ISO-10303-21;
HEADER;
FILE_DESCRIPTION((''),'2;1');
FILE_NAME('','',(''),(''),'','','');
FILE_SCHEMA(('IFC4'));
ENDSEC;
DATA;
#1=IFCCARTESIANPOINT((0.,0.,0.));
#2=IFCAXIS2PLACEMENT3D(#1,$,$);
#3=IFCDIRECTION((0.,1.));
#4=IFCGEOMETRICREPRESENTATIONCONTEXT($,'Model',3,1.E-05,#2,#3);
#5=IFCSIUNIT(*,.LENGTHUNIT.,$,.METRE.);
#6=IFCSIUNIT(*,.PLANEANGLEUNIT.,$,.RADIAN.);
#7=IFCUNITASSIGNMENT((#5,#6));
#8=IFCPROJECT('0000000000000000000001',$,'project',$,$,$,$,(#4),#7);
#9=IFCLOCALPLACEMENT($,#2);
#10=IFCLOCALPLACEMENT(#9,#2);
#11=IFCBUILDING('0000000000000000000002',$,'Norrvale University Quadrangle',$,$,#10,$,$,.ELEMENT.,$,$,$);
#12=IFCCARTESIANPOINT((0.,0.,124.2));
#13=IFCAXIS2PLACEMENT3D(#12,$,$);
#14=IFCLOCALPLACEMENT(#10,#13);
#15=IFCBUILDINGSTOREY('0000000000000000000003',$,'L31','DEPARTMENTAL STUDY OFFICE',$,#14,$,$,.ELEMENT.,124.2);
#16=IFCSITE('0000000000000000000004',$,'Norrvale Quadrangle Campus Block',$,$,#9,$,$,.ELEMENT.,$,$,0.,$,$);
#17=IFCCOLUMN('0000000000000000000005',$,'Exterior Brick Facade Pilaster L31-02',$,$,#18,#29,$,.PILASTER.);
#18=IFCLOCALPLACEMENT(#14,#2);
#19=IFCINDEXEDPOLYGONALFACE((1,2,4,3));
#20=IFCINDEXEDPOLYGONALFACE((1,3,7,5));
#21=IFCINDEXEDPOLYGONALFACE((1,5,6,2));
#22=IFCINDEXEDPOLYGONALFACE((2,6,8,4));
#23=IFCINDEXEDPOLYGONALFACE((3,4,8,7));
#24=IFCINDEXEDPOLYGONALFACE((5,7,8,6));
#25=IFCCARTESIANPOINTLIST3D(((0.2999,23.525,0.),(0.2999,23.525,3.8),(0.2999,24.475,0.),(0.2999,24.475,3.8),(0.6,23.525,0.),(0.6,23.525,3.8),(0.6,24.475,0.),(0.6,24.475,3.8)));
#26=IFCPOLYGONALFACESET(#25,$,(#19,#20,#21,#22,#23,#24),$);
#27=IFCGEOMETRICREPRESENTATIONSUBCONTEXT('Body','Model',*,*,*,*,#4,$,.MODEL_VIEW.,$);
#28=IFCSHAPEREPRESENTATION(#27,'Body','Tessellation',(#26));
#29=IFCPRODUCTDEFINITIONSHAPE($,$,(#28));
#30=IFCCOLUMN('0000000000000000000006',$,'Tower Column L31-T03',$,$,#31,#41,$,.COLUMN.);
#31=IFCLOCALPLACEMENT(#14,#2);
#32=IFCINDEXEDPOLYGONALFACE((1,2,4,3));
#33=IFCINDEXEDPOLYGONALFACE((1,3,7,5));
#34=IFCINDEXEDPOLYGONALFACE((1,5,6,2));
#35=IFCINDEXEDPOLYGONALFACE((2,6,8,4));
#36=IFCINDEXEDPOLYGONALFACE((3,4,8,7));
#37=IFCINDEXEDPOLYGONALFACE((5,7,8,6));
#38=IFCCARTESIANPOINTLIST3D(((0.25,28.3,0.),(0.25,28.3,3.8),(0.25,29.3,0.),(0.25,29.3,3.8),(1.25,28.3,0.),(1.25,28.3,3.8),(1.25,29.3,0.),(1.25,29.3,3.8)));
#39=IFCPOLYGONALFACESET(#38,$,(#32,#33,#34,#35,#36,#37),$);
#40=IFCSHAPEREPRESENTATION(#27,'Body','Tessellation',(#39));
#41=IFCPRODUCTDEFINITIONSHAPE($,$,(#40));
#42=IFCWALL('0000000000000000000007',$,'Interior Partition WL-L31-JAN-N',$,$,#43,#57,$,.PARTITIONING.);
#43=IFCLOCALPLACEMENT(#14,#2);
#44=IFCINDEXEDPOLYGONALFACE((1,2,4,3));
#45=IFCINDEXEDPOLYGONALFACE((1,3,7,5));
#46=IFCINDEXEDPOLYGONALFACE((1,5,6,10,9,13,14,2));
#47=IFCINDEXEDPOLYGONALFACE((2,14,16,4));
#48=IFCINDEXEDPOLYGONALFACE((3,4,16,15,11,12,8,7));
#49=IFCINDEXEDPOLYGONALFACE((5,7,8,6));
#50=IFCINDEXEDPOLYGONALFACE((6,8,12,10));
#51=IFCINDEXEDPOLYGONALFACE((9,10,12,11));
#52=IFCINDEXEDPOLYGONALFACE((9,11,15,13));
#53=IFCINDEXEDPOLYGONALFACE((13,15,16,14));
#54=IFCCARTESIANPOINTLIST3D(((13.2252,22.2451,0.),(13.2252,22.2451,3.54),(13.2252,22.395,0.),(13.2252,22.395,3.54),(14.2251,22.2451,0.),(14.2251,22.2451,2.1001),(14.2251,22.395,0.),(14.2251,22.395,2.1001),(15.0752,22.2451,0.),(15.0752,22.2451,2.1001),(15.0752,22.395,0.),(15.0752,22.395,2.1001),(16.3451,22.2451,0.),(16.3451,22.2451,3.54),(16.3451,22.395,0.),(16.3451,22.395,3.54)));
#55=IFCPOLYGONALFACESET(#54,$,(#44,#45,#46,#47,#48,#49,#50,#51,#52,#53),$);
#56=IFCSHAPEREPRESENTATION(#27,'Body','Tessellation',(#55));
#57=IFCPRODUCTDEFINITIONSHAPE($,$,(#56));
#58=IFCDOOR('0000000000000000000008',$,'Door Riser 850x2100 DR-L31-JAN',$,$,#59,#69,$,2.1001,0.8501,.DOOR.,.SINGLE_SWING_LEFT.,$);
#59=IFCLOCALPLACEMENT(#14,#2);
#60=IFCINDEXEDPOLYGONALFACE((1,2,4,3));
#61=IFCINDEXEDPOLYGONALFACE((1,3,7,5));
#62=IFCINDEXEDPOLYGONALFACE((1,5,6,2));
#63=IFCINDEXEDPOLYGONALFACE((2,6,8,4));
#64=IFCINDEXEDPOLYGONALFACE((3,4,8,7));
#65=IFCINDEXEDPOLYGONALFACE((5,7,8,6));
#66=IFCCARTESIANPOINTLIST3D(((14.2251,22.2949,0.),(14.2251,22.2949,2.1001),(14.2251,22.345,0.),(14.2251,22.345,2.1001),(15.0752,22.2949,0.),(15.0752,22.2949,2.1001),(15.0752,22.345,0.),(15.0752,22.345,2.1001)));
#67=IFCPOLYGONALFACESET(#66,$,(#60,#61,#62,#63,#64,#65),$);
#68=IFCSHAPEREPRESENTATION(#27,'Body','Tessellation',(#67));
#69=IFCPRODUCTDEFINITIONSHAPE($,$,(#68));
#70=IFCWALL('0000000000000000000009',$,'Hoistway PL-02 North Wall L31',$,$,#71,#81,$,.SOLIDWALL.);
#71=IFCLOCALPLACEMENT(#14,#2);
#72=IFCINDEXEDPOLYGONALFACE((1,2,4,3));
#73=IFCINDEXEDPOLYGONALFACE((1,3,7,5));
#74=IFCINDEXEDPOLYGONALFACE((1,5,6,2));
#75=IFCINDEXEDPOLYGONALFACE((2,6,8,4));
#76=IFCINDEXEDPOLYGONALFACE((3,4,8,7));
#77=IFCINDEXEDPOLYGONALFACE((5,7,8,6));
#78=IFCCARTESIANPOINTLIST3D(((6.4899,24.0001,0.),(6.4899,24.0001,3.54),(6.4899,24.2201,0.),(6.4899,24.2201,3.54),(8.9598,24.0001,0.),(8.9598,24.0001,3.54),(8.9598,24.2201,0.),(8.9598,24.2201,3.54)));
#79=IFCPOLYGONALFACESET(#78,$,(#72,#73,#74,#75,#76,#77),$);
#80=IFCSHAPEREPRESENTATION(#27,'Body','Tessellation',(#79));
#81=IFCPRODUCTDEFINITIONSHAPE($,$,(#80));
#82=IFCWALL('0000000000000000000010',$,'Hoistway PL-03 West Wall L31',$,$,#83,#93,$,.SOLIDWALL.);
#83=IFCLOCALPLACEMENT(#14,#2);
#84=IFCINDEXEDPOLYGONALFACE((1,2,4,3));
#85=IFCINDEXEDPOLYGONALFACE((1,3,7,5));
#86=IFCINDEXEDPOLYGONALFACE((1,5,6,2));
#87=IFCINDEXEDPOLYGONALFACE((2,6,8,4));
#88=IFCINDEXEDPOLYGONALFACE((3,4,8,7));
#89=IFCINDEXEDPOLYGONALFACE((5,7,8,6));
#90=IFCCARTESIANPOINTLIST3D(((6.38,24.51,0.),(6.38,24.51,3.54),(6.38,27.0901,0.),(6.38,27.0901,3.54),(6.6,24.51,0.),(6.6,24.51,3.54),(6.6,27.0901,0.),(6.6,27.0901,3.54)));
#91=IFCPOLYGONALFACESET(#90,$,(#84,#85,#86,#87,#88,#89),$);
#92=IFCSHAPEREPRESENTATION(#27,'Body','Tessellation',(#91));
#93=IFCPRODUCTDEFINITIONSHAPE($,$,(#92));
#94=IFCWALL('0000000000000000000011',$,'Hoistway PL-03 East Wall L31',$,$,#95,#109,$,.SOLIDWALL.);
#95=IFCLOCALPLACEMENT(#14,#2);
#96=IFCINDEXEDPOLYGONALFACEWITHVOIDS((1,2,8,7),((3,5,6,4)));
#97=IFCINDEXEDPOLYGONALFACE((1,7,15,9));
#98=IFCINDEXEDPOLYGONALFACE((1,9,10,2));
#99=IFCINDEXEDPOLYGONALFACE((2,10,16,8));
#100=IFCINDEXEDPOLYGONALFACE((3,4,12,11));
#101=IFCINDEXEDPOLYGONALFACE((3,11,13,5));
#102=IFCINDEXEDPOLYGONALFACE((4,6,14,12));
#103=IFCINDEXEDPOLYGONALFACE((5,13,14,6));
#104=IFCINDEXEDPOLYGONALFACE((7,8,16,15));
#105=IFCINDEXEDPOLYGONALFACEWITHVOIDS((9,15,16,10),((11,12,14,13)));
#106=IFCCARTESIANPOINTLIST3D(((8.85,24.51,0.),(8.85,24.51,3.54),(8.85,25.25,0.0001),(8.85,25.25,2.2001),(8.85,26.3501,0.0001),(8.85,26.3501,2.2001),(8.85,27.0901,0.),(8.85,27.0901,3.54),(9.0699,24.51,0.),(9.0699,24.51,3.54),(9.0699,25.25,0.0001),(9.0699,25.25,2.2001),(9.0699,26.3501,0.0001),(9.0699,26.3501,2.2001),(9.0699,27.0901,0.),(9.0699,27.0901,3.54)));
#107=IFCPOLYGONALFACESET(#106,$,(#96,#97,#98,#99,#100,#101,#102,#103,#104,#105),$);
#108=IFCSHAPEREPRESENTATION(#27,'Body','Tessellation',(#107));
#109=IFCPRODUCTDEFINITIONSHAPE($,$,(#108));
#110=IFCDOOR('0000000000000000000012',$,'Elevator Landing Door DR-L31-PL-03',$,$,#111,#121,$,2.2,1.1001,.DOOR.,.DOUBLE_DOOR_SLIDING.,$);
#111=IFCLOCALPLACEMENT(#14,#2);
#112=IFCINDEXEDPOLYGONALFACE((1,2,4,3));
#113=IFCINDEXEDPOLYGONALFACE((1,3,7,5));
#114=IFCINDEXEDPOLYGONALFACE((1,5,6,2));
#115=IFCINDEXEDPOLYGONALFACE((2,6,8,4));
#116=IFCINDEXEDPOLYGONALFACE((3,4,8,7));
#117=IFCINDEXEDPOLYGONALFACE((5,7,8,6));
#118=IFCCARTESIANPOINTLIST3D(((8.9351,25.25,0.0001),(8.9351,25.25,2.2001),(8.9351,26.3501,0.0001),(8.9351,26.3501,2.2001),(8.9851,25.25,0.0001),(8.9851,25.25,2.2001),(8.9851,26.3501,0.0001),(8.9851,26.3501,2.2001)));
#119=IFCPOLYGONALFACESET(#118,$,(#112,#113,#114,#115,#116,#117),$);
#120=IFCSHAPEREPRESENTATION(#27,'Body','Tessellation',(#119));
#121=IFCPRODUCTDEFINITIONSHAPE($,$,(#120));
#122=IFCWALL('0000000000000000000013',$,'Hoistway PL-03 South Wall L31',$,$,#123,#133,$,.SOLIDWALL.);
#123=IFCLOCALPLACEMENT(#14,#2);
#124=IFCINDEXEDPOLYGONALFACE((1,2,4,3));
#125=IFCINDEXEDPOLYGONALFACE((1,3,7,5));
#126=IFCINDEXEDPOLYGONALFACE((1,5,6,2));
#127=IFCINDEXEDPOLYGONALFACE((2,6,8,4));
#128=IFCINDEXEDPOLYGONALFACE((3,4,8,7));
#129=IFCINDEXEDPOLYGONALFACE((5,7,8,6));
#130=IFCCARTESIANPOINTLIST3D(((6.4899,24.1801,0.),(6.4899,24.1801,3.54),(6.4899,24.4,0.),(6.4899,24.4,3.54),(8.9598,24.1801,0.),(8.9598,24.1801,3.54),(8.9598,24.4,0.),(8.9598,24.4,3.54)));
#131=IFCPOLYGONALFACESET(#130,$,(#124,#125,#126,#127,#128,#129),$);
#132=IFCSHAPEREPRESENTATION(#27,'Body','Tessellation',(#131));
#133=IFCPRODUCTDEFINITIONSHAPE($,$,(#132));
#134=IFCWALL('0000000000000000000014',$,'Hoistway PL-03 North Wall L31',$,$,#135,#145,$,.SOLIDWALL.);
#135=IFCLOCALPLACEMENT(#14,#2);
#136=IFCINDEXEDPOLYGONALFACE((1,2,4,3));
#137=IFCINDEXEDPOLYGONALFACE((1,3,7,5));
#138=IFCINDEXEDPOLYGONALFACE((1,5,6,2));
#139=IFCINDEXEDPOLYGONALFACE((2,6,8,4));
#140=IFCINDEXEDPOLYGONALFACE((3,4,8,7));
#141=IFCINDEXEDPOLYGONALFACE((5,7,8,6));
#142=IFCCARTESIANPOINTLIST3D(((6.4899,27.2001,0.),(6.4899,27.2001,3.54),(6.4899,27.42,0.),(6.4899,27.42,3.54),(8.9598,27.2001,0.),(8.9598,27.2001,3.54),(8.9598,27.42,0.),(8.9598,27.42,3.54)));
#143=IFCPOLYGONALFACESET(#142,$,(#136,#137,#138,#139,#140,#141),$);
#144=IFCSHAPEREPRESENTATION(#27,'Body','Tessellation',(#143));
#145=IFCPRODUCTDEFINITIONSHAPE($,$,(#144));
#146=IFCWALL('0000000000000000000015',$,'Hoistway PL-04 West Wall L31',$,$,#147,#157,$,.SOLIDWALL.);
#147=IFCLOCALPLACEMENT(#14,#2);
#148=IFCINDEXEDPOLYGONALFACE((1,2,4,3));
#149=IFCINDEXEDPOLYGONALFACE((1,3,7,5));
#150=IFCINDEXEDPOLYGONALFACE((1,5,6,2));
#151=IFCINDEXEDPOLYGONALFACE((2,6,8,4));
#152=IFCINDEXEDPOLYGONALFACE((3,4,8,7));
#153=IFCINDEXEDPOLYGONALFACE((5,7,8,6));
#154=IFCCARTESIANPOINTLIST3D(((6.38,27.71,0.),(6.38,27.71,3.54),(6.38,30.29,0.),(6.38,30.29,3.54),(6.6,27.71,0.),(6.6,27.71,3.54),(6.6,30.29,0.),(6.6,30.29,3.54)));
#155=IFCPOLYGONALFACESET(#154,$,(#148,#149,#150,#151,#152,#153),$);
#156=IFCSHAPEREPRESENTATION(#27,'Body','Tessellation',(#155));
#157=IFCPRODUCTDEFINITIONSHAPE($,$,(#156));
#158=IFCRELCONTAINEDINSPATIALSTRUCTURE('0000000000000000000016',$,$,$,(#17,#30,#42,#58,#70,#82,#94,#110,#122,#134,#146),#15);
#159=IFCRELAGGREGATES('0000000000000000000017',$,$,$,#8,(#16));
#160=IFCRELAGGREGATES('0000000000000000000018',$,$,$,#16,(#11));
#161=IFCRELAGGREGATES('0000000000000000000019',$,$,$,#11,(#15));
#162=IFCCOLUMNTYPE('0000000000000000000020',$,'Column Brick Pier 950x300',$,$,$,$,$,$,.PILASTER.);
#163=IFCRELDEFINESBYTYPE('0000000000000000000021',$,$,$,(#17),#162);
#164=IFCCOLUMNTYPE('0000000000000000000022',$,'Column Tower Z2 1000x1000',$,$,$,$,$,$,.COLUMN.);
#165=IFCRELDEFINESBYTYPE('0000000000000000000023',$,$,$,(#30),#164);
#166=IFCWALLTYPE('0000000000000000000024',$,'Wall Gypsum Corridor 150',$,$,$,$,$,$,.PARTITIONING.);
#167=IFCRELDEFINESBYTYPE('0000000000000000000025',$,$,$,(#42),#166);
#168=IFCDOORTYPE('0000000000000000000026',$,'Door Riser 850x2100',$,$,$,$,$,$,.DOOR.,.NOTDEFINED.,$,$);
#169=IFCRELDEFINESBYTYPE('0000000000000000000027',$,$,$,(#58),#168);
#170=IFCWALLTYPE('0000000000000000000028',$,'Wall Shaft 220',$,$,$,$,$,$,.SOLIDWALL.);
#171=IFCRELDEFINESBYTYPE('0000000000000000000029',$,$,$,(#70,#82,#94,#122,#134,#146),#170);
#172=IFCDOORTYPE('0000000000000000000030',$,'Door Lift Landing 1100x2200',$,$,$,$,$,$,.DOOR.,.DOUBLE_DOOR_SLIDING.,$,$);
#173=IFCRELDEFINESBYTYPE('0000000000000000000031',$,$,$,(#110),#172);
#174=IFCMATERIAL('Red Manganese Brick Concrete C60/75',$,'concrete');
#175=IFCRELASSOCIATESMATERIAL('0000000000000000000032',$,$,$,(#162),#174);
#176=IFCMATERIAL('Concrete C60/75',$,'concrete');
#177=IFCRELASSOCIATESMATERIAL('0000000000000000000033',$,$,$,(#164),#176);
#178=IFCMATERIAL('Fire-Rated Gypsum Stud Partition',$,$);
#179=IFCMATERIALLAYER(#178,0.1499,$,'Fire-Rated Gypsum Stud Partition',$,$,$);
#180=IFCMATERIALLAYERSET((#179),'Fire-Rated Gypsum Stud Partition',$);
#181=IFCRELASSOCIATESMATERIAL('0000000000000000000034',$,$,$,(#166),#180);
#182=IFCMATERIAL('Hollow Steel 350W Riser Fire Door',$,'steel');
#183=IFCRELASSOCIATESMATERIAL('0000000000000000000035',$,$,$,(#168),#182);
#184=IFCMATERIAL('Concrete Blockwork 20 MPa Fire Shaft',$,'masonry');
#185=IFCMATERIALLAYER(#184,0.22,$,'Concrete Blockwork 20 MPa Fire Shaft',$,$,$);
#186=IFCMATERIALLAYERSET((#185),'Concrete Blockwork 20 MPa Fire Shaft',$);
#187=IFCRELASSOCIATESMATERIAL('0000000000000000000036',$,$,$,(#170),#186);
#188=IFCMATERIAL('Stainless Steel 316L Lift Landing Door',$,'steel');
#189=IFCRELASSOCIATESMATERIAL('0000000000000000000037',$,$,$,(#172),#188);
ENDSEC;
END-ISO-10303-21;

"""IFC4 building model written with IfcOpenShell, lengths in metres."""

from ifc_helpers import new_model, si_unit, direction, frame, frame_2d, origin, origin_2d, place, context, subcontext, project, spatial, rectangle, extrude, material, layer, layer_set, material_profile, profile_set, type_object, element, fill, save


model = new_model("IFC4")

# Units and contexts
model_context = context("Model", 3, precision=1e-05, world=origin(), true_north=direction((0.0, 1.0)))
body_context = subcontext(model_context, "Body", "Model", "MODEL_VIEW")
ifc_project = project(units=[si_unit("LENGTHUNIT", "METRE"), si_unit("PLANEANGLEUNIT", "RADIAN")], contexts=[model_context])

# Site, building, storey
site_placement = place(None, origin())
site = spatial("IfcSite", under=ifc_project, at=site_placement, Name="Norrvale Quadrangle Campus Block", CompositionType="ELEMENT", RefElevation=0.0)
building_placement = place(site_placement, origin())
building = spatial("IfcBuilding", under=site, at=building_placement, Name="Norrvale University Quadrangle", CompositionType="ELEMENT")
storey_placement = place(building_placement, frame((0.0, 0.0, 124.2)))
storey = spatial("IfcBuildingStorey", under=building, at=storey_placement, Name="L31", Description="DEPARTMENTAL STUDY OFFICE", CompositionType="ELEMENT", Elevation=124.2)

# Columns
ifc_material_1 = material(Name="Red Manganese Brick Concrete C60/75", Category="concrete")
ifc_material_profile_1 = material_profile(ifc_material_1, rectangle(XDim=0.95, YDim=0.3, at=origin_2d()), Name="Red Manganese Brick Concrete C60/75")
ifc_profile_set_1 = profile_set([ifc_material_profile_1], Name="Red Manganese Brick Concrete C60/75")
column_type_1 = type_object("IfcColumnType", Name="Column Brick Pier 950x300", PredefinedType="PILASTER", material=ifc_profile_set_1)
column_1_placement = place(storey_placement, frame((0.45, 24.0, 0.0), z_axis=(0.0, 0.0, 1.0), x_axis=(0.0, 1.0, 0.0)))
element("IfcColumn", 1, at=column_1_placement, inside=storey, type_object=column_type_1, Name="Exterior Brick Facade Pilaster L31-02", PredefinedType="PILASTER", context=body_context, shape_type="SweptSolid", body=[
    extrude(rectangle(XDim=0.95, YDim=0.3, at=origin_2d()), origin(), (0.0, 0.0, 1.0), 3.8),
])
ifc_material_2 = material(Name="Concrete C60/75", Category="concrete")
ifc_material_profile_2 = material_profile(ifc_material_2, rectangle(XDim=1.0, YDim=1.0, at=origin_2d()), Name="Concrete C60/75")
ifc_profile_set_2 = profile_set([ifc_material_profile_2], Name="Concrete C60/75")
column_type_2 = type_object("IfcColumnType", Name="Column Tower Z2 1000x1000", PredefinedType="COLUMN", material=ifc_profile_set_2)
column_2_placement = place(storey_placement, frame((0.75, 28.8, 0.0), z_axis=(0.0, 0.0, 1.0), x_axis=(1.0, 0.0, 0.0)))
element("IfcColumn", 2, at=column_2_placement, inside=storey, type_object=column_type_2, Name="Tower Column L31-T03", PredefinedType="COLUMN", context=body_context, shape_type="SweptSolid", body=[
    extrude(rectangle(XDim=1.0, YDim=1.0, at=origin_2d()), origin(), (0.0, 0.0, 1.0), 3.8),
])

# Wall, opening, door
ifc_material_3 = material(Name="Fire-Rated Gypsum Stud Partition")
ifc_layer_1 = layer(ifc_material_3, 0.1499, Name="Fire-Rated Gypsum Stud Partition")
ifc_layer_set_1 = layer_set([ifc_layer_1], Name="Fire-Rated Gypsum Stud Partition")
wall_type_1 = type_object("IfcWallType", Name="Wall Gypsum Corridor 150", PredefinedType="PARTITIONING", material=ifc_layer_set_1)
wall_1_placement = place(storey_placement, frame((13.2251, 22.3201, 0.0), z_axis=(0.0, 0.0, 1.0), x_axis=(1.0, 0.0, 0.0)))
wall_1 = element("IfcWall", 3, at=wall_1_placement, inside=storey, type_object=wall_type_1, Name="Interior Partition WL-L31-JAN-N", PredefinedType="PARTITIONING", context=body_context, shape_type="SweptSolid", body=[
    extrude(rectangle(XDim=3.1199, YDim=0.1499, at=frame_2d((1.5601, 0.0))), origin(), (0.0, 0.0, 1.0), 3.54),
])
opening_1_placement = place(wall_1_placement, frame((1.0, 0.0, 0.0)))
opening_1 = element("IfcOpeningElement", 4, at=opening_1_placement, cuts=wall_1, PredefinedType="OPENING", context=body_context, shape_type="SweptSolid", body=[
    extrude(rectangle(XDim=0.8501, YDim=2.1001, at=frame_2d((0.425, 1.05))), frame((0.0, 0.0869, 0.0), z_axis=(0.0, -1.0, 0.0), x_axis=(1.0, 0.0, 0.0)), (0.0, 0.0, 1.0), 0.1738),
])
ifc_material_4 = material(Name="Hollow Steel 350W Riser Fire Door", Category="steel")
door_type_1 = type_object("IfcDoorType", Name="Door Riser 850x2100", OperationType="NOTDEFINED", PredefinedType="DOOR", material=ifc_material_4)
door_1_placement = place(opening_1_placement, origin())
door_1 = element("IfcDoor", 5, at=door_1_placement, inside=storey, type_object=door_type_1, Name="Door Riser 850x2100 DR-L31-JAN", OperationType="SINGLE_SWING_LEFT", OverallHeight=2.1001, OverallWidth=0.8501, PredefinedType="DOOR", context=body_context, shape_type="SweptSolid", body=[
    extrude(rectangle(XDim=0.8501, YDim=2.1001, at=frame_2d((0.425, 1.05))), frame((0.0, 0.0249, 0.0), z_axis=(0.0, -1.0, 0.0), x_axis=(1.0, 0.0, 0.0)), (0.0, 0.0, 1.0), 0.05),
])
fill(opening_1, door_1)

# Walls
ifc_material_5 = material(Name="Concrete Blockwork 20 MPa Fire Shaft", Category="masonry")
ifc_layer_2 = layer(ifc_material_5, 0.22, Name="Concrete Blockwork 20 MPa Fire Shaft")
ifc_layer_set_2 = layer_set([ifc_layer_2], Name="Concrete Blockwork 20 MPa Fire Shaft")
wall_type_2 = type_object("IfcWallType", Name="Wall Shaft 220", PredefinedType="SOLIDWALL", material=ifc_layer_set_2)
wall_2_placement = place(storey_placement, frame((6.49, 24.1101, 0.0), z_axis=(0.0, 0.0, 1.0), x_axis=(1.0, 0.0, 0.0)))
element("IfcWall", 6, at=wall_2_placement, inside=storey, type_object=wall_type_2, Name="Hoistway PL-02 North Wall L31", PredefinedType="SOLIDWALL", context=body_context, shape_type="SweptSolid", body=[
    extrude(rectangle(XDim=2.47, YDim=0.22, at=frame_2d((1.2349, 0.0))), origin(), (0.0, 0.0, 1.0), 3.54),
])
wall_3_placement = place(storey_placement, frame((6.49, 24.51, 0.0), z_axis=(0.0, 0.0, 1.0), x_axis=(0.0, 1.0, 0.0)))
element("IfcWall", 7, at=wall_3_placement, inside=storey, type_object=wall_type_2, Name="Hoistway PL-03 West Wall L31", PredefinedType="SOLIDWALL", context=body_context, shape_type="SweptSolid", body=[
    extrude(rectangle(XDim=2.5801, YDim=0.22, at=frame_2d((1.29, 0.0))), origin(), (0.0, 0.0, 1.0), 3.54),
])

# Wall, opening, door
wall_4_placement = place(storey_placement, frame((8.96, 24.51, 0.0), z_axis=(0.0, 0.0, 1.0), x_axis=(0.0, 1.0, 0.0)))
wall_4 = element("IfcWall", 8, at=wall_4_placement, inside=storey, type_object=wall_type_2, Name="Hoistway PL-03 East Wall L31", PredefinedType="SOLIDWALL", context=body_context, shape_type="SweptSolid", body=[
    extrude(rectangle(XDim=2.5801, YDim=0.22, at=frame_2d((1.29, 0.0))), origin(), (0.0, 0.0, 1.0), 3.54),
])
opening_2_placement = place(wall_4_placement, frame((0.74, 0.0, 0.0)))
opening_2 = element("IfcOpeningElement", 9, at=opening_2_placement, cuts=wall_4, PredefinedType="OPENING", context=body_context, shape_type="SweptSolid", body=[
    extrude(rectangle(XDim=1.1001, YDim=2.2, at=frame_2d((0.55, 1.1001))), frame((0.0, 0.1221, 0.0), z_axis=(0.0, -1.0, 0.0), x_axis=(1.0, 0.0, 0.0)), (0.0, 0.0, 1.0), 0.2439),
])
ifc_material_6 = material(Name="Stainless Steel 316L Lift Landing Door", Category="steel")
door_type_2 = type_object("IfcDoorType", Name="Door Lift Landing 1100x2200", OperationType="DOUBLE_DOOR_SLIDING", PredefinedType="DOOR", material=ifc_material_6)
door_2_placement = place(opening_2_placement, origin())
door_2 = element("IfcDoor", 10, at=door_2_placement, inside=storey, type_object=door_type_2, Name="Elevator Landing Door DR-L31-PL-03", OperationType="DOUBLE_DOOR_SLIDING", OverallHeight=2.2, OverallWidth=1.1001, PredefinedType="DOOR", context=body_context, shape_type="SweptSolid", body=[
    extrude(rectangle(XDim=1.1001, YDim=2.2, at=frame_2d((0.55, 1.1001))), frame((0.0, 0.0249, 0.0), z_axis=(0.0, -1.0, 0.0), x_axis=(1.0, 0.0, 0.0)), (0.0, 0.0, 1.0), 0.05),
])
fill(opening_2, door_2)

# Walls
for number, where, z_axis, x_axis, name in (
    (11, (6.49, 24.29, 0.0), (0.0, 0.0, 1.0), (1.0, 0.0, 0.0), "Hoistway PL-03 South Wall L31"),
    (12, (6.49, 27.3101, 0.0), (0.0, 0.0, 1.0), (1.0, 0.0, 0.0), "Hoistway PL-03 North Wall L31"),
):
    element("IfcWall", number, at=place(storey_placement, frame(where, z_axis=z_axis, x_axis=x_axis)), inside=storey, type_object=wall_type_2, Name=name, PredefinedType="SOLIDWALL", context=body_context, shape_type="SweptSolid", body=[
        extrude(rectangle(XDim=2.47, YDim=0.22, at=frame_2d((1.2349, 0.0))), origin(), (0.0, 0.0, 1.0), 3.54),
    ])
wall_5_placement = place(storey_placement, frame((6.49, 27.71, 0.0), z_axis=(0.0, 0.0, 1.0), x_axis=(0.0, 1.0, 0.0)))
element("IfcWall", 13, at=wall_5_placement, inside=storey, type_object=wall_type_2, Name="Hoistway PL-04 West Wall L31", PredefinedType="SOLIDWALL", context=body_context, shape_type="SweptSolid", body=[
    extrude(rectangle(XDim=2.5801, YDim=0.22, at=frame_2d((1.29, 0.0))), origin(), (0.0, 0.0, 1.0), 3.54),
])

save(model, "model.ifc")
